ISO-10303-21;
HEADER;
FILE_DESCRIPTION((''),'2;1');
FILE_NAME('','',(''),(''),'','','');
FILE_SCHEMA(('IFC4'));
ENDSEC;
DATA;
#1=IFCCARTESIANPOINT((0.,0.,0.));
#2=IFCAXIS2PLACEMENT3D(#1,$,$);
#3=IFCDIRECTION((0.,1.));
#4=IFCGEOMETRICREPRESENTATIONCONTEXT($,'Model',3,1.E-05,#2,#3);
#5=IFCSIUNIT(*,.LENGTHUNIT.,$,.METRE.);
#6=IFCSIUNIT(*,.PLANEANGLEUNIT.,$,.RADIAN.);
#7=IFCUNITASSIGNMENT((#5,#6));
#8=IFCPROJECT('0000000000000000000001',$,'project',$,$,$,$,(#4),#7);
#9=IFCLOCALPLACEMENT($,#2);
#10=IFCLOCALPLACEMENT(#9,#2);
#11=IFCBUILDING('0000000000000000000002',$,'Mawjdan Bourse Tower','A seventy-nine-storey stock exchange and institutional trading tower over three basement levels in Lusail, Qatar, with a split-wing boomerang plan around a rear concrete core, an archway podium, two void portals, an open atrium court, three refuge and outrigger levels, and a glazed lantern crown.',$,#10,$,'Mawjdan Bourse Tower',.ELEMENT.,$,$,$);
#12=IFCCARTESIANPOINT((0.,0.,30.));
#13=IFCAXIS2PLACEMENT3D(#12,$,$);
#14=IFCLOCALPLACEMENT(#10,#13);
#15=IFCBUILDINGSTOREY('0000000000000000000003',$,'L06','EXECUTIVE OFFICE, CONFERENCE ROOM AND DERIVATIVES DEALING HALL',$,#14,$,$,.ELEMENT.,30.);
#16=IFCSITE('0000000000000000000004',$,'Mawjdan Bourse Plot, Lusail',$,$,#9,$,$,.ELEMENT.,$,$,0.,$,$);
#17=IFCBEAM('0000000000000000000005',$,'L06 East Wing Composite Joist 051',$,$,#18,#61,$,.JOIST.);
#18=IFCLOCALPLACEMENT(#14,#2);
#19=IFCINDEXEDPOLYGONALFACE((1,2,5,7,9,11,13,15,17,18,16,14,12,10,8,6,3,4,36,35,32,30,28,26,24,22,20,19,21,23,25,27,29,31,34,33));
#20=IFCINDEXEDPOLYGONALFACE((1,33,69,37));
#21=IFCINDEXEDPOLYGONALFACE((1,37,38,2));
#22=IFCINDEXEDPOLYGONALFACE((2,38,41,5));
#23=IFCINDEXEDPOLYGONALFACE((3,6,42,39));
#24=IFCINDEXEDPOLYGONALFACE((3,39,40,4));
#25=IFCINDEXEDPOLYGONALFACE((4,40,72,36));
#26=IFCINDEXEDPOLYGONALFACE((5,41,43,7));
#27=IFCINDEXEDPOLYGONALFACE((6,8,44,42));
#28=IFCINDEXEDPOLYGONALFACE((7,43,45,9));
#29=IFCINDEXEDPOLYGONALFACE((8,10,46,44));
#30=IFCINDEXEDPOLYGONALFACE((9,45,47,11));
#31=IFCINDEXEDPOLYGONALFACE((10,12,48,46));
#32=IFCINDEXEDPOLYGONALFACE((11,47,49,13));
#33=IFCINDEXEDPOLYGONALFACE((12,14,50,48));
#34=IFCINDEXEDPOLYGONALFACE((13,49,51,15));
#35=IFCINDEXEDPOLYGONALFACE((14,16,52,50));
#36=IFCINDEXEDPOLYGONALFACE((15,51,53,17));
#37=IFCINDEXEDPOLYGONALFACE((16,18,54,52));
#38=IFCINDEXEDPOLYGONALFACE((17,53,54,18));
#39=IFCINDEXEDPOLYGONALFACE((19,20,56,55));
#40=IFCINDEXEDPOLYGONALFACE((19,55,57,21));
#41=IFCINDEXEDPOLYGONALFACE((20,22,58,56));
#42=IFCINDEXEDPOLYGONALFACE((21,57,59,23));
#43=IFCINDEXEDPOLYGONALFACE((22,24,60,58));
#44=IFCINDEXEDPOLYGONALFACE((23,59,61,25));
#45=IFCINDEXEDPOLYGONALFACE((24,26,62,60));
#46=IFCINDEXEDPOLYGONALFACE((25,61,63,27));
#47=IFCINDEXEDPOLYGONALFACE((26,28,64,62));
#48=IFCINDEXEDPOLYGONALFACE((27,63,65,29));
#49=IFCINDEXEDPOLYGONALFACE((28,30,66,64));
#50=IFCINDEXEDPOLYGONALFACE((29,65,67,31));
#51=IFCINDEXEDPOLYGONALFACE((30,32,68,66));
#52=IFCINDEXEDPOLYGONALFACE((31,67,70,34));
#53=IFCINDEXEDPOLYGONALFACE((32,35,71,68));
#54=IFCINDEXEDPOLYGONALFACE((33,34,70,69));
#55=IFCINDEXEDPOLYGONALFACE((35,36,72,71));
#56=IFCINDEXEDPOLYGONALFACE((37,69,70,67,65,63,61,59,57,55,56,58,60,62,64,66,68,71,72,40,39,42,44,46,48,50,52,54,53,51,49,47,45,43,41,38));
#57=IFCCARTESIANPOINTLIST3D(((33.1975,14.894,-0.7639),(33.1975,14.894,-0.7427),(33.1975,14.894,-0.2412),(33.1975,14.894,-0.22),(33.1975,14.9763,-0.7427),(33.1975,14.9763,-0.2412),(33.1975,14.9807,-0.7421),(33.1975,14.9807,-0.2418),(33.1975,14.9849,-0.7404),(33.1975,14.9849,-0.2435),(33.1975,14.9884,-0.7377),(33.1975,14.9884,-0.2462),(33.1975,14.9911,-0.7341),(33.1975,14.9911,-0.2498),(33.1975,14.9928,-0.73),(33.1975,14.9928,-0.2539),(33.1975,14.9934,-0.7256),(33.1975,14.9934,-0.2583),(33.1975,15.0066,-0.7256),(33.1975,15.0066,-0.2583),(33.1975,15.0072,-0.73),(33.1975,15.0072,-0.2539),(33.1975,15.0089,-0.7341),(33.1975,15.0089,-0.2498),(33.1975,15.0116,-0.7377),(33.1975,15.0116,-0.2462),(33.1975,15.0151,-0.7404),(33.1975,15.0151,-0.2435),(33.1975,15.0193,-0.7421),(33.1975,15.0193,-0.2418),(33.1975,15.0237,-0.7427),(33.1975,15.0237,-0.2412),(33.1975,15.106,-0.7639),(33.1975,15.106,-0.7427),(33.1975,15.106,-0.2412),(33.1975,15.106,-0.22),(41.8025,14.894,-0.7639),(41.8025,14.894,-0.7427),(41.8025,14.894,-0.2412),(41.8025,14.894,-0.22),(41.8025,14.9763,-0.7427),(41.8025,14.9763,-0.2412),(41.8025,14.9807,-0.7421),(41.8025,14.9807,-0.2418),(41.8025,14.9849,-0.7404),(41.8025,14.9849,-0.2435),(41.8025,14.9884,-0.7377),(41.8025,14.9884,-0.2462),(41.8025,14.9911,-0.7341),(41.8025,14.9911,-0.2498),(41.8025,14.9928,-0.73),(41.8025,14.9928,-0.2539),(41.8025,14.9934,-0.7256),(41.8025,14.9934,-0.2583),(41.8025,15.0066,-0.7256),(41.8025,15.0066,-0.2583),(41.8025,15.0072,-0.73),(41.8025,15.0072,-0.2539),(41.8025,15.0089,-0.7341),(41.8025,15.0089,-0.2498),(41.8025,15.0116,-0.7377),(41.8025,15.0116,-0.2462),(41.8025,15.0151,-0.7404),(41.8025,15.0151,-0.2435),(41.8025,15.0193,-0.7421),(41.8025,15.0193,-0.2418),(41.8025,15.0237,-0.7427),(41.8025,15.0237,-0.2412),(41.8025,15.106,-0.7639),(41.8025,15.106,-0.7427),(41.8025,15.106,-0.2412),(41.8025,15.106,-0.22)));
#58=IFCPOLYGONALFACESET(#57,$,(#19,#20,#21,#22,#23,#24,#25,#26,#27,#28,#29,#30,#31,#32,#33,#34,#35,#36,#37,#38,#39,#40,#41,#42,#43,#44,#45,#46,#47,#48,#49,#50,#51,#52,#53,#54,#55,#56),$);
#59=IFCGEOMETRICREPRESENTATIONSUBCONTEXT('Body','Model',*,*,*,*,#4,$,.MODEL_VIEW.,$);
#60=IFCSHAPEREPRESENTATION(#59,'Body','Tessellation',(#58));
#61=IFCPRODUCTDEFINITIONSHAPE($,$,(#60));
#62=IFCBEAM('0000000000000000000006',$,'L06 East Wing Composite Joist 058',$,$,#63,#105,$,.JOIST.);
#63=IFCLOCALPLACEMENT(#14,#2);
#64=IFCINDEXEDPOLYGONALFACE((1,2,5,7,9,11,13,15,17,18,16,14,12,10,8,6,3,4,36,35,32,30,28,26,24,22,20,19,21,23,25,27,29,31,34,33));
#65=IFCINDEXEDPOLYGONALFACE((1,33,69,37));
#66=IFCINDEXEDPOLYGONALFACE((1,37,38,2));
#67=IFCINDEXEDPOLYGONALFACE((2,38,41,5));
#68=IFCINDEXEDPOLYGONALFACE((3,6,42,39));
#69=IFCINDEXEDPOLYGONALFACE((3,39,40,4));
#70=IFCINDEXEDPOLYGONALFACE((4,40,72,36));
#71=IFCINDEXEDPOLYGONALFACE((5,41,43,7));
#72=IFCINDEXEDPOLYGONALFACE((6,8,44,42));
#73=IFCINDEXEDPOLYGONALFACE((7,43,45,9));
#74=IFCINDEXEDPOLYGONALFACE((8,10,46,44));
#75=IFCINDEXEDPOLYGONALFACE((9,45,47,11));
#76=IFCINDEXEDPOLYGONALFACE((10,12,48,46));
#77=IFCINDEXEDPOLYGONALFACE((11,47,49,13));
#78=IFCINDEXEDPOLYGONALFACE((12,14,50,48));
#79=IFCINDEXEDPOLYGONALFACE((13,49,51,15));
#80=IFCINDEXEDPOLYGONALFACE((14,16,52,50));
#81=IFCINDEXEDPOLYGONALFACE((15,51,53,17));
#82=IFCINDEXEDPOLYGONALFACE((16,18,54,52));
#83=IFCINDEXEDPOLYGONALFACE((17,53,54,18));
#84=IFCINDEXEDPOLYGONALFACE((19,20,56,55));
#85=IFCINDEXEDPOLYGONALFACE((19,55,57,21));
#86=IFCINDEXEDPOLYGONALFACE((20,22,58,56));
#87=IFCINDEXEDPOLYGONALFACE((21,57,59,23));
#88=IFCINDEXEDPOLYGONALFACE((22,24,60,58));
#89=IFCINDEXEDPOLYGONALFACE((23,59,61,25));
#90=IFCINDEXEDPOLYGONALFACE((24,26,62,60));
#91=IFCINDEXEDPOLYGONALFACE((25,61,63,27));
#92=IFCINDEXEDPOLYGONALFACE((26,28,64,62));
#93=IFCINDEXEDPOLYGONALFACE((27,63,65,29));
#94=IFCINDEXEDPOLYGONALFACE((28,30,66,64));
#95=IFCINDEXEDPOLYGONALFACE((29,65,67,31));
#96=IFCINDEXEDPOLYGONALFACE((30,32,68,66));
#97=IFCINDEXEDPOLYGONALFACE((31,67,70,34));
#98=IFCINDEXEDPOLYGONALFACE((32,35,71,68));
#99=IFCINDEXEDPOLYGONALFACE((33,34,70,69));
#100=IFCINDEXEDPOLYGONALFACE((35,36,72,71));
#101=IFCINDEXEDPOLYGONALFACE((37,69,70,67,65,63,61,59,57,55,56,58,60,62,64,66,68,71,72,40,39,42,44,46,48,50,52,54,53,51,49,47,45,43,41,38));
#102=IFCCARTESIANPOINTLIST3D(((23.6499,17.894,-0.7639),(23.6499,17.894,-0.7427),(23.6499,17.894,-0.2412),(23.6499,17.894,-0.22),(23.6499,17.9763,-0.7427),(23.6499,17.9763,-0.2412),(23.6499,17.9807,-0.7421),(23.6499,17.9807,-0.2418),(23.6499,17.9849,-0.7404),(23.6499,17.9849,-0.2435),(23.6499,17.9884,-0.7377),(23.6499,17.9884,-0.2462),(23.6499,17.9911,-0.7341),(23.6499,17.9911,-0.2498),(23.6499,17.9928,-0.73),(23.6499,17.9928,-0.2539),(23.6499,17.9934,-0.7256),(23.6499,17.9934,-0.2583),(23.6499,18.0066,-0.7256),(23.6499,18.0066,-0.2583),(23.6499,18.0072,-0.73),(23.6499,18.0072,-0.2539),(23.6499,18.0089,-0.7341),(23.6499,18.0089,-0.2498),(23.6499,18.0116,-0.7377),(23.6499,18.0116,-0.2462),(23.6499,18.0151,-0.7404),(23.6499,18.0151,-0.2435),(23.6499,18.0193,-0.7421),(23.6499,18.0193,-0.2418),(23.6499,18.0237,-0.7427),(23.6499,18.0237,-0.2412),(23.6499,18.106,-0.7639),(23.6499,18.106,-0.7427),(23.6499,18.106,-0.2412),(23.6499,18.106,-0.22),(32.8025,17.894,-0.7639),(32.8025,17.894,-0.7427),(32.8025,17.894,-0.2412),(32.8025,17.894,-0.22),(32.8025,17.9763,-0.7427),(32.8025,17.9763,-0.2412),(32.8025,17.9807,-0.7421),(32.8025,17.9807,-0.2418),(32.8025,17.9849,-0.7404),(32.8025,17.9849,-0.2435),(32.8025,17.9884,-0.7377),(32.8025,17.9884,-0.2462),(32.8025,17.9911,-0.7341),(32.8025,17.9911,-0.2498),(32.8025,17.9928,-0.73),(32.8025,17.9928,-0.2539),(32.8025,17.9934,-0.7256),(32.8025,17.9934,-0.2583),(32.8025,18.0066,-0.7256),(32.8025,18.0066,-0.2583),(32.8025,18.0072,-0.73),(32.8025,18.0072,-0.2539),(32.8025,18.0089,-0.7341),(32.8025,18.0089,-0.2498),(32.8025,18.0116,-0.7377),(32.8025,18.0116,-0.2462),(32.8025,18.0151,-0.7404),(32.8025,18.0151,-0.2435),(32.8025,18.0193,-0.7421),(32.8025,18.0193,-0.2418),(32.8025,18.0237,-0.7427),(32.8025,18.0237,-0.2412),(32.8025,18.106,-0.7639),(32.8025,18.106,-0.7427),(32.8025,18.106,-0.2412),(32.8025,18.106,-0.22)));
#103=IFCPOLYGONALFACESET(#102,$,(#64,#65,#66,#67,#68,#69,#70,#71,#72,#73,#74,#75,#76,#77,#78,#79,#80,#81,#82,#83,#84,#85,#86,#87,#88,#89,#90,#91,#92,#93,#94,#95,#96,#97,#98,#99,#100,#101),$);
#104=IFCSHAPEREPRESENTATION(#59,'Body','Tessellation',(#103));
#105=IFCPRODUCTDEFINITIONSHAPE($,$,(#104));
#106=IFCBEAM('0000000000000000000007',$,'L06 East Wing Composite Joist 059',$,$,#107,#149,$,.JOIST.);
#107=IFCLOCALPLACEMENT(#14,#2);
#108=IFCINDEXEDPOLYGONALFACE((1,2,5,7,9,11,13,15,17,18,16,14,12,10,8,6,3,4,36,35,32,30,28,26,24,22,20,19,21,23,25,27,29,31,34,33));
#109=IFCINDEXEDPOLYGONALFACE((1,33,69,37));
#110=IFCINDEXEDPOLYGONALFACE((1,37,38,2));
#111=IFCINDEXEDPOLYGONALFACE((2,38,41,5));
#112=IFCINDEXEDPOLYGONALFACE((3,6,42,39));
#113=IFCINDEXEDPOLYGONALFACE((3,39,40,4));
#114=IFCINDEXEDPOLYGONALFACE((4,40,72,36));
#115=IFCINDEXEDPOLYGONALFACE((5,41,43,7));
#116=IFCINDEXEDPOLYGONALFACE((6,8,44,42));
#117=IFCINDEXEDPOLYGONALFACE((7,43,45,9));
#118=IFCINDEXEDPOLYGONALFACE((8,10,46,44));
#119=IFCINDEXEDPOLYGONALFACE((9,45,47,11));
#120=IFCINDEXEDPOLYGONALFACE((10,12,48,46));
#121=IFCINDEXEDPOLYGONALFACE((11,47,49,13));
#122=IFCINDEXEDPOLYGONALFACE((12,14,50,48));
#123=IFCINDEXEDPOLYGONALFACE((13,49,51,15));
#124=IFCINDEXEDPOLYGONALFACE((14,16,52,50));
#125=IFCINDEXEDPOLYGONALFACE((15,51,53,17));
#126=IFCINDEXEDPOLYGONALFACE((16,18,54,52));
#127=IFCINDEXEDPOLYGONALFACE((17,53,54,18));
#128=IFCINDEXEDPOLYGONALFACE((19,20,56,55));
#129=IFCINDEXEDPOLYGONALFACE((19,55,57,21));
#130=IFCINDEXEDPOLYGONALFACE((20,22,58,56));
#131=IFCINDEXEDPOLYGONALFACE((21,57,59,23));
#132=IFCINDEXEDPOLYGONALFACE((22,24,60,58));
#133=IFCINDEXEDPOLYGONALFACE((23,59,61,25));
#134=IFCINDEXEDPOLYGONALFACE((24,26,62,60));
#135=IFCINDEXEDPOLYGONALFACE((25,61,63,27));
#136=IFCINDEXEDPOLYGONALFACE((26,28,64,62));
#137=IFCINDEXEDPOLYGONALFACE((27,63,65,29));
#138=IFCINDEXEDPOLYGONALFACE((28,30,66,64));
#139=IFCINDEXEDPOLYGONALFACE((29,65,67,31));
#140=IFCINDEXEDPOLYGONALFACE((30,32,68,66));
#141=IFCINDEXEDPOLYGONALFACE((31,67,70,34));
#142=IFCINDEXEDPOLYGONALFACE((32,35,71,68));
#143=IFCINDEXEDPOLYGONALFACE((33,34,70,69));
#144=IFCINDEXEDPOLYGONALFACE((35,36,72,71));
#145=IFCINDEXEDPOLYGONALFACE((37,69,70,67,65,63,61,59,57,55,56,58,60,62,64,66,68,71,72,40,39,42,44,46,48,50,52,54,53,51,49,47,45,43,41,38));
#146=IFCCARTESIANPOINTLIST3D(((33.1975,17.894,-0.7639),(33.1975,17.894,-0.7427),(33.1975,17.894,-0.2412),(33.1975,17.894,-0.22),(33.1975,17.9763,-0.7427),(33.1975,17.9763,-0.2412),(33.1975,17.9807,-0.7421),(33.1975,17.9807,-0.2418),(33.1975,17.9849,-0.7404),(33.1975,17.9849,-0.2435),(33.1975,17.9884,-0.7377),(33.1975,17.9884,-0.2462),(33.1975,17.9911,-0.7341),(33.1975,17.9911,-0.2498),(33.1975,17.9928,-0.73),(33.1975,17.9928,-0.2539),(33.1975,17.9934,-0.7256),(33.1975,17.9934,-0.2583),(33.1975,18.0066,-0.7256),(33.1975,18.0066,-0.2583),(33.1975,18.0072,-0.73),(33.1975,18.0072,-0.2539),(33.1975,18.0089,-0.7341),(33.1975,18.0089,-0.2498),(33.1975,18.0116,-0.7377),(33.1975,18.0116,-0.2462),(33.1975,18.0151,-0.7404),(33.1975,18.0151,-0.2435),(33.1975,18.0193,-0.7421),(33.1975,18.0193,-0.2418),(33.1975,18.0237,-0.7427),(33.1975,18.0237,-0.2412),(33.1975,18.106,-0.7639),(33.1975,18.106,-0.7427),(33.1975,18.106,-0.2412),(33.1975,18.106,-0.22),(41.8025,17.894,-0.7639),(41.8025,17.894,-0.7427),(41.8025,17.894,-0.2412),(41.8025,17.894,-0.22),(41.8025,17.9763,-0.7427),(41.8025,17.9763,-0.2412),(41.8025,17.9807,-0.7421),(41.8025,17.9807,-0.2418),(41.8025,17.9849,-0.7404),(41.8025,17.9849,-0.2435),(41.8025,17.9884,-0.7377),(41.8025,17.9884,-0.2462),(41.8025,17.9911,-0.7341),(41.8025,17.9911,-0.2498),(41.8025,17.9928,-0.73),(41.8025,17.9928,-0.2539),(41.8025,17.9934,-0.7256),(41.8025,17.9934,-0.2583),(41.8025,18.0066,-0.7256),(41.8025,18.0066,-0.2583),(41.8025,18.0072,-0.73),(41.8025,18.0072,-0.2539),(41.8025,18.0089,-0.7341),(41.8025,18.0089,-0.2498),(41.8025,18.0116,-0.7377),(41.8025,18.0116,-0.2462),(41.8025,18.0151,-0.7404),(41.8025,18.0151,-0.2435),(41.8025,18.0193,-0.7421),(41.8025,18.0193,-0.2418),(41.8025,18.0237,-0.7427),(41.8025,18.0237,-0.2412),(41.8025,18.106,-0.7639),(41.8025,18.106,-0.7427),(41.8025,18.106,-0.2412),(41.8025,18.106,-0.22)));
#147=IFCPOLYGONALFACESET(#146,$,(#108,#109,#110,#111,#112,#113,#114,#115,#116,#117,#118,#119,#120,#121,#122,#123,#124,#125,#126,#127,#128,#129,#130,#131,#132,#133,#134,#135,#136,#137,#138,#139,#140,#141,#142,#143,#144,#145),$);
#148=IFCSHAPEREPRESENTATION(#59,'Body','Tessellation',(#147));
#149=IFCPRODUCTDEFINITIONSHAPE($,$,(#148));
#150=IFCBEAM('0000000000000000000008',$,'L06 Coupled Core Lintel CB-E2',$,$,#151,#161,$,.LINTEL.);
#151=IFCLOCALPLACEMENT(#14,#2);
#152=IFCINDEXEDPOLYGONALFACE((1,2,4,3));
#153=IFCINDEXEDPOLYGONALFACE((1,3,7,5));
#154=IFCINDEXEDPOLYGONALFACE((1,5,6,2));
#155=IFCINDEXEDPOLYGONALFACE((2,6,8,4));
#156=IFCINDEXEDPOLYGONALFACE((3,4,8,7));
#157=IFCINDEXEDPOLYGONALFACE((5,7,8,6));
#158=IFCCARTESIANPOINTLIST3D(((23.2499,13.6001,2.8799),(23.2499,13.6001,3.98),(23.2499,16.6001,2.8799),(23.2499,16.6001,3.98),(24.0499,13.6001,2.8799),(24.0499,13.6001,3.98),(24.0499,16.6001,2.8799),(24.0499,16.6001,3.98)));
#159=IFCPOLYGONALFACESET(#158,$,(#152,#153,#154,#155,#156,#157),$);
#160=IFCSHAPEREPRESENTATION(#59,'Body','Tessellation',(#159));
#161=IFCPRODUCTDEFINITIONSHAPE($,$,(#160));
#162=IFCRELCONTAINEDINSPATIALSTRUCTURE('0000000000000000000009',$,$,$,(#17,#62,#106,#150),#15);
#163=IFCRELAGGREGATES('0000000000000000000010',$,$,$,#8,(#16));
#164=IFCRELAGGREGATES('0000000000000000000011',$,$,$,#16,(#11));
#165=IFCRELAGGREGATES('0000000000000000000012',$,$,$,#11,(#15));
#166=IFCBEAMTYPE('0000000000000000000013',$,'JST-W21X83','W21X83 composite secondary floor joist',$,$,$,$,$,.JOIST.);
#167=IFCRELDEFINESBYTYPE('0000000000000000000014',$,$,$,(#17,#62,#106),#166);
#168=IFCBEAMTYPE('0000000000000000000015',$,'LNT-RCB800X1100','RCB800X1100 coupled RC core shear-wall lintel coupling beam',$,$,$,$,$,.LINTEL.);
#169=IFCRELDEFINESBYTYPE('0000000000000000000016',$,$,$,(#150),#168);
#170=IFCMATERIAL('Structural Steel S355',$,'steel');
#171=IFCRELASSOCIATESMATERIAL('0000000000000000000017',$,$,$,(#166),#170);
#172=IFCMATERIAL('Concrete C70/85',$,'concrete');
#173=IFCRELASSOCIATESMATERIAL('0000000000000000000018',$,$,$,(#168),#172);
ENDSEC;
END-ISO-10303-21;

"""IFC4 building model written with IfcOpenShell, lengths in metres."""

from ifc_helpers import new_model, si_unit, direction, frame, origin, origin_2d, place, context, subcontext, project, spatial, rectangle, i_section, extrude, material, material_profile, profile_set, type_object, element, save


model = new_model("IFC4")

# Units and contexts
model_context = context("Model", 3, precision=1e-05, world=origin(), true_north=direction((0.0, 1.0)))
body_context = subcontext(model_context, "Body", "Model", "MODEL_VIEW")
ifc_project = project(units=[si_unit("LENGTHUNIT", "METRE"), si_unit("PLANEANGLEUNIT", "RADIAN")], contexts=[model_context])

# Site, building, storey
site_placement = place(None, origin())
site = spatial("IfcSite", under=ifc_project, at=site_placement, Name="Mawjdan Bourse Plot, Lusail", CompositionType="ELEMENT", RefElevation=0.0)
building_placement = place(site_placement, origin())
building = spatial("IfcBuilding", under=site, at=building_placement, Name="Mawjdan Bourse Tower", Description="A seventy-nine-storey stock exchange and institutional trading tower over three basement levels in Lusail, Qatar, with a split-wing boomerang plan around a rear concrete core, an archway podium, two void portals, an open atrium court, three refuge and outrigger levels, and a glazed lantern crown.", LongName="Mawjdan Bourse Tower", CompositionType="ELEMENT")
storey_placement = place(building_placement, frame((0.0, 0.0, 30.0)))
storey = spatial("IfcBuildingStorey", under=building, at=storey_placement, Name="L06", Description="EXECUTIVE OFFICE, CONFERENCE ROOM AND DERIVATIVES DEALING HALL", CompositionType="ELEMENT", Elevation=30.0)

# Beams
ifc_material_1 = material(Name="Structural Steel S355", Category="steel")
ifc_material_profile_1 = material_profile(ifc_material_1, i_section(OverallWidth=0.2119, OverallDepth=0.5439, WebThickness=0.0132, FlangeThickness=0.0212, FilletRadius=0.0171, at=origin_2d()), Name="W21X83")
ifc_profile_set_1 = profile_set([ifc_material_profile_1], Name="Structural Steel S355")
beam_type_1 = type_object("IfcBeamType", Name="JST-W21X83", Description="W21X83 composite secondary floor joist", PredefinedType="JOIST", material=ifc_profile_set_1)
beam_1_placement = place(storey_placement, frame((33.1975, 15.0, -0.4919), z_axis=(1.0, 0.0, 0.0), x_axis=(0.0, 1.0, 0.0)))
element("IfcBeam", 1, at=beam_1_placement, inside=storey, type_object=beam_type_1, Name="L06 East Wing Composite Joist 051", PredefinedType="JOIST", context=body_context, shape_type="SweptSolid", body=[
    extrude(i_section(OverallWidth=0.2119, OverallDepth=0.5439, WebThickness=0.0132, FlangeThickness=0.0212, FilletRadius=0.0171, at=origin_2d()), origin(), (0.0, 0.0, 1.0), 8.605),
])
beam_2_placement = place(storey_placement, frame((23.6499, 18.0, -0.4919), z_axis=(1.0, 0.0, 0.0), x_axis=(0.0, 1.0, 0.0)))
element("IfcBeam", 2, at=beam_2_placement, inside=storey, type_object=beam_type_1, Name="L06 East Wing Composite Joist 058", PredefinedType="JOIST", context=body_context, shape_type="SweptSolid", body=[
    extrude(i_section(OverallWidth=0.2119, OverallDepth=0.5439, WebThickness=0.0132, FlangeThickness=0.0212, FilletRadius=0.0171, at=origin_2d()), origin(), (0.0, 0.0, 1.0), 9.1526),
])
beam_3_placement = place(storey_placement, frame((33.1975, 18.0, -0.4919), z_axis=(1.0, 0.0, 0.0), x_axis=(0.0, 1.0, 0.0)))
element("IfcBeam", 3, at=beam_3_placement, inside=storey, type_object=beam_type_1, Name="L06 East Wing Composite Joist 059", PredefinedType="JOIST", context=body_context, shape_type="SweptSolid", body=[
    extrude(i_section(OverallWidth=0.2119, OverallDepth=0.5439, WebThickness=0.0132, FlangeThickness=0.0212, FilletRadius=0.0171, at=origin_2d()), origin(), (0.0, 0.0, 1.0), 8.605),
])
ifc_material_2 = material(Name="Concrete C70/85", Category="concrete")
ifc_material_profile_2 = material_profile(ifc_material_2, rectangle(XDim=0.8, YDim=1.1001, at=origin_2d()), Name="RCB800X1100")
ifc_profile_set_2 = profile_set([ifc_material_profile_2], Name="Concrete C70/85")
beam_type_2 = type_object("IfcBeamType", Name="LNT-RCB800X1100", Description="RCB800X1100 coupled RC core shear-wall lintel coupling beam", PredefinedType="LINTEL", material=ifc_profile_set_2)
beam_4_placement = place(storey_placement, frame((23.6499, 13.6001, 3.4299), z_axis=(0.0, 1.0, 0.0), x_axis=(-1.0, 0.0, 0.0)))
element("IfcBeam", 4, at=beam_4_placement, inside=storey, type_object=beam_type_2, Name="L06 Coupled Core Lintel CB-E2", PredefinedType="LINTEL", context=body_context, shape_type="SweptSolid", body=[
    extrude(rectangle(XDim=0.8, YDim=1.1001, at=origin_2d()), origin(), (0.0, 0.0, 1.0), 3.0),
])

save(model, "model.ifc")
